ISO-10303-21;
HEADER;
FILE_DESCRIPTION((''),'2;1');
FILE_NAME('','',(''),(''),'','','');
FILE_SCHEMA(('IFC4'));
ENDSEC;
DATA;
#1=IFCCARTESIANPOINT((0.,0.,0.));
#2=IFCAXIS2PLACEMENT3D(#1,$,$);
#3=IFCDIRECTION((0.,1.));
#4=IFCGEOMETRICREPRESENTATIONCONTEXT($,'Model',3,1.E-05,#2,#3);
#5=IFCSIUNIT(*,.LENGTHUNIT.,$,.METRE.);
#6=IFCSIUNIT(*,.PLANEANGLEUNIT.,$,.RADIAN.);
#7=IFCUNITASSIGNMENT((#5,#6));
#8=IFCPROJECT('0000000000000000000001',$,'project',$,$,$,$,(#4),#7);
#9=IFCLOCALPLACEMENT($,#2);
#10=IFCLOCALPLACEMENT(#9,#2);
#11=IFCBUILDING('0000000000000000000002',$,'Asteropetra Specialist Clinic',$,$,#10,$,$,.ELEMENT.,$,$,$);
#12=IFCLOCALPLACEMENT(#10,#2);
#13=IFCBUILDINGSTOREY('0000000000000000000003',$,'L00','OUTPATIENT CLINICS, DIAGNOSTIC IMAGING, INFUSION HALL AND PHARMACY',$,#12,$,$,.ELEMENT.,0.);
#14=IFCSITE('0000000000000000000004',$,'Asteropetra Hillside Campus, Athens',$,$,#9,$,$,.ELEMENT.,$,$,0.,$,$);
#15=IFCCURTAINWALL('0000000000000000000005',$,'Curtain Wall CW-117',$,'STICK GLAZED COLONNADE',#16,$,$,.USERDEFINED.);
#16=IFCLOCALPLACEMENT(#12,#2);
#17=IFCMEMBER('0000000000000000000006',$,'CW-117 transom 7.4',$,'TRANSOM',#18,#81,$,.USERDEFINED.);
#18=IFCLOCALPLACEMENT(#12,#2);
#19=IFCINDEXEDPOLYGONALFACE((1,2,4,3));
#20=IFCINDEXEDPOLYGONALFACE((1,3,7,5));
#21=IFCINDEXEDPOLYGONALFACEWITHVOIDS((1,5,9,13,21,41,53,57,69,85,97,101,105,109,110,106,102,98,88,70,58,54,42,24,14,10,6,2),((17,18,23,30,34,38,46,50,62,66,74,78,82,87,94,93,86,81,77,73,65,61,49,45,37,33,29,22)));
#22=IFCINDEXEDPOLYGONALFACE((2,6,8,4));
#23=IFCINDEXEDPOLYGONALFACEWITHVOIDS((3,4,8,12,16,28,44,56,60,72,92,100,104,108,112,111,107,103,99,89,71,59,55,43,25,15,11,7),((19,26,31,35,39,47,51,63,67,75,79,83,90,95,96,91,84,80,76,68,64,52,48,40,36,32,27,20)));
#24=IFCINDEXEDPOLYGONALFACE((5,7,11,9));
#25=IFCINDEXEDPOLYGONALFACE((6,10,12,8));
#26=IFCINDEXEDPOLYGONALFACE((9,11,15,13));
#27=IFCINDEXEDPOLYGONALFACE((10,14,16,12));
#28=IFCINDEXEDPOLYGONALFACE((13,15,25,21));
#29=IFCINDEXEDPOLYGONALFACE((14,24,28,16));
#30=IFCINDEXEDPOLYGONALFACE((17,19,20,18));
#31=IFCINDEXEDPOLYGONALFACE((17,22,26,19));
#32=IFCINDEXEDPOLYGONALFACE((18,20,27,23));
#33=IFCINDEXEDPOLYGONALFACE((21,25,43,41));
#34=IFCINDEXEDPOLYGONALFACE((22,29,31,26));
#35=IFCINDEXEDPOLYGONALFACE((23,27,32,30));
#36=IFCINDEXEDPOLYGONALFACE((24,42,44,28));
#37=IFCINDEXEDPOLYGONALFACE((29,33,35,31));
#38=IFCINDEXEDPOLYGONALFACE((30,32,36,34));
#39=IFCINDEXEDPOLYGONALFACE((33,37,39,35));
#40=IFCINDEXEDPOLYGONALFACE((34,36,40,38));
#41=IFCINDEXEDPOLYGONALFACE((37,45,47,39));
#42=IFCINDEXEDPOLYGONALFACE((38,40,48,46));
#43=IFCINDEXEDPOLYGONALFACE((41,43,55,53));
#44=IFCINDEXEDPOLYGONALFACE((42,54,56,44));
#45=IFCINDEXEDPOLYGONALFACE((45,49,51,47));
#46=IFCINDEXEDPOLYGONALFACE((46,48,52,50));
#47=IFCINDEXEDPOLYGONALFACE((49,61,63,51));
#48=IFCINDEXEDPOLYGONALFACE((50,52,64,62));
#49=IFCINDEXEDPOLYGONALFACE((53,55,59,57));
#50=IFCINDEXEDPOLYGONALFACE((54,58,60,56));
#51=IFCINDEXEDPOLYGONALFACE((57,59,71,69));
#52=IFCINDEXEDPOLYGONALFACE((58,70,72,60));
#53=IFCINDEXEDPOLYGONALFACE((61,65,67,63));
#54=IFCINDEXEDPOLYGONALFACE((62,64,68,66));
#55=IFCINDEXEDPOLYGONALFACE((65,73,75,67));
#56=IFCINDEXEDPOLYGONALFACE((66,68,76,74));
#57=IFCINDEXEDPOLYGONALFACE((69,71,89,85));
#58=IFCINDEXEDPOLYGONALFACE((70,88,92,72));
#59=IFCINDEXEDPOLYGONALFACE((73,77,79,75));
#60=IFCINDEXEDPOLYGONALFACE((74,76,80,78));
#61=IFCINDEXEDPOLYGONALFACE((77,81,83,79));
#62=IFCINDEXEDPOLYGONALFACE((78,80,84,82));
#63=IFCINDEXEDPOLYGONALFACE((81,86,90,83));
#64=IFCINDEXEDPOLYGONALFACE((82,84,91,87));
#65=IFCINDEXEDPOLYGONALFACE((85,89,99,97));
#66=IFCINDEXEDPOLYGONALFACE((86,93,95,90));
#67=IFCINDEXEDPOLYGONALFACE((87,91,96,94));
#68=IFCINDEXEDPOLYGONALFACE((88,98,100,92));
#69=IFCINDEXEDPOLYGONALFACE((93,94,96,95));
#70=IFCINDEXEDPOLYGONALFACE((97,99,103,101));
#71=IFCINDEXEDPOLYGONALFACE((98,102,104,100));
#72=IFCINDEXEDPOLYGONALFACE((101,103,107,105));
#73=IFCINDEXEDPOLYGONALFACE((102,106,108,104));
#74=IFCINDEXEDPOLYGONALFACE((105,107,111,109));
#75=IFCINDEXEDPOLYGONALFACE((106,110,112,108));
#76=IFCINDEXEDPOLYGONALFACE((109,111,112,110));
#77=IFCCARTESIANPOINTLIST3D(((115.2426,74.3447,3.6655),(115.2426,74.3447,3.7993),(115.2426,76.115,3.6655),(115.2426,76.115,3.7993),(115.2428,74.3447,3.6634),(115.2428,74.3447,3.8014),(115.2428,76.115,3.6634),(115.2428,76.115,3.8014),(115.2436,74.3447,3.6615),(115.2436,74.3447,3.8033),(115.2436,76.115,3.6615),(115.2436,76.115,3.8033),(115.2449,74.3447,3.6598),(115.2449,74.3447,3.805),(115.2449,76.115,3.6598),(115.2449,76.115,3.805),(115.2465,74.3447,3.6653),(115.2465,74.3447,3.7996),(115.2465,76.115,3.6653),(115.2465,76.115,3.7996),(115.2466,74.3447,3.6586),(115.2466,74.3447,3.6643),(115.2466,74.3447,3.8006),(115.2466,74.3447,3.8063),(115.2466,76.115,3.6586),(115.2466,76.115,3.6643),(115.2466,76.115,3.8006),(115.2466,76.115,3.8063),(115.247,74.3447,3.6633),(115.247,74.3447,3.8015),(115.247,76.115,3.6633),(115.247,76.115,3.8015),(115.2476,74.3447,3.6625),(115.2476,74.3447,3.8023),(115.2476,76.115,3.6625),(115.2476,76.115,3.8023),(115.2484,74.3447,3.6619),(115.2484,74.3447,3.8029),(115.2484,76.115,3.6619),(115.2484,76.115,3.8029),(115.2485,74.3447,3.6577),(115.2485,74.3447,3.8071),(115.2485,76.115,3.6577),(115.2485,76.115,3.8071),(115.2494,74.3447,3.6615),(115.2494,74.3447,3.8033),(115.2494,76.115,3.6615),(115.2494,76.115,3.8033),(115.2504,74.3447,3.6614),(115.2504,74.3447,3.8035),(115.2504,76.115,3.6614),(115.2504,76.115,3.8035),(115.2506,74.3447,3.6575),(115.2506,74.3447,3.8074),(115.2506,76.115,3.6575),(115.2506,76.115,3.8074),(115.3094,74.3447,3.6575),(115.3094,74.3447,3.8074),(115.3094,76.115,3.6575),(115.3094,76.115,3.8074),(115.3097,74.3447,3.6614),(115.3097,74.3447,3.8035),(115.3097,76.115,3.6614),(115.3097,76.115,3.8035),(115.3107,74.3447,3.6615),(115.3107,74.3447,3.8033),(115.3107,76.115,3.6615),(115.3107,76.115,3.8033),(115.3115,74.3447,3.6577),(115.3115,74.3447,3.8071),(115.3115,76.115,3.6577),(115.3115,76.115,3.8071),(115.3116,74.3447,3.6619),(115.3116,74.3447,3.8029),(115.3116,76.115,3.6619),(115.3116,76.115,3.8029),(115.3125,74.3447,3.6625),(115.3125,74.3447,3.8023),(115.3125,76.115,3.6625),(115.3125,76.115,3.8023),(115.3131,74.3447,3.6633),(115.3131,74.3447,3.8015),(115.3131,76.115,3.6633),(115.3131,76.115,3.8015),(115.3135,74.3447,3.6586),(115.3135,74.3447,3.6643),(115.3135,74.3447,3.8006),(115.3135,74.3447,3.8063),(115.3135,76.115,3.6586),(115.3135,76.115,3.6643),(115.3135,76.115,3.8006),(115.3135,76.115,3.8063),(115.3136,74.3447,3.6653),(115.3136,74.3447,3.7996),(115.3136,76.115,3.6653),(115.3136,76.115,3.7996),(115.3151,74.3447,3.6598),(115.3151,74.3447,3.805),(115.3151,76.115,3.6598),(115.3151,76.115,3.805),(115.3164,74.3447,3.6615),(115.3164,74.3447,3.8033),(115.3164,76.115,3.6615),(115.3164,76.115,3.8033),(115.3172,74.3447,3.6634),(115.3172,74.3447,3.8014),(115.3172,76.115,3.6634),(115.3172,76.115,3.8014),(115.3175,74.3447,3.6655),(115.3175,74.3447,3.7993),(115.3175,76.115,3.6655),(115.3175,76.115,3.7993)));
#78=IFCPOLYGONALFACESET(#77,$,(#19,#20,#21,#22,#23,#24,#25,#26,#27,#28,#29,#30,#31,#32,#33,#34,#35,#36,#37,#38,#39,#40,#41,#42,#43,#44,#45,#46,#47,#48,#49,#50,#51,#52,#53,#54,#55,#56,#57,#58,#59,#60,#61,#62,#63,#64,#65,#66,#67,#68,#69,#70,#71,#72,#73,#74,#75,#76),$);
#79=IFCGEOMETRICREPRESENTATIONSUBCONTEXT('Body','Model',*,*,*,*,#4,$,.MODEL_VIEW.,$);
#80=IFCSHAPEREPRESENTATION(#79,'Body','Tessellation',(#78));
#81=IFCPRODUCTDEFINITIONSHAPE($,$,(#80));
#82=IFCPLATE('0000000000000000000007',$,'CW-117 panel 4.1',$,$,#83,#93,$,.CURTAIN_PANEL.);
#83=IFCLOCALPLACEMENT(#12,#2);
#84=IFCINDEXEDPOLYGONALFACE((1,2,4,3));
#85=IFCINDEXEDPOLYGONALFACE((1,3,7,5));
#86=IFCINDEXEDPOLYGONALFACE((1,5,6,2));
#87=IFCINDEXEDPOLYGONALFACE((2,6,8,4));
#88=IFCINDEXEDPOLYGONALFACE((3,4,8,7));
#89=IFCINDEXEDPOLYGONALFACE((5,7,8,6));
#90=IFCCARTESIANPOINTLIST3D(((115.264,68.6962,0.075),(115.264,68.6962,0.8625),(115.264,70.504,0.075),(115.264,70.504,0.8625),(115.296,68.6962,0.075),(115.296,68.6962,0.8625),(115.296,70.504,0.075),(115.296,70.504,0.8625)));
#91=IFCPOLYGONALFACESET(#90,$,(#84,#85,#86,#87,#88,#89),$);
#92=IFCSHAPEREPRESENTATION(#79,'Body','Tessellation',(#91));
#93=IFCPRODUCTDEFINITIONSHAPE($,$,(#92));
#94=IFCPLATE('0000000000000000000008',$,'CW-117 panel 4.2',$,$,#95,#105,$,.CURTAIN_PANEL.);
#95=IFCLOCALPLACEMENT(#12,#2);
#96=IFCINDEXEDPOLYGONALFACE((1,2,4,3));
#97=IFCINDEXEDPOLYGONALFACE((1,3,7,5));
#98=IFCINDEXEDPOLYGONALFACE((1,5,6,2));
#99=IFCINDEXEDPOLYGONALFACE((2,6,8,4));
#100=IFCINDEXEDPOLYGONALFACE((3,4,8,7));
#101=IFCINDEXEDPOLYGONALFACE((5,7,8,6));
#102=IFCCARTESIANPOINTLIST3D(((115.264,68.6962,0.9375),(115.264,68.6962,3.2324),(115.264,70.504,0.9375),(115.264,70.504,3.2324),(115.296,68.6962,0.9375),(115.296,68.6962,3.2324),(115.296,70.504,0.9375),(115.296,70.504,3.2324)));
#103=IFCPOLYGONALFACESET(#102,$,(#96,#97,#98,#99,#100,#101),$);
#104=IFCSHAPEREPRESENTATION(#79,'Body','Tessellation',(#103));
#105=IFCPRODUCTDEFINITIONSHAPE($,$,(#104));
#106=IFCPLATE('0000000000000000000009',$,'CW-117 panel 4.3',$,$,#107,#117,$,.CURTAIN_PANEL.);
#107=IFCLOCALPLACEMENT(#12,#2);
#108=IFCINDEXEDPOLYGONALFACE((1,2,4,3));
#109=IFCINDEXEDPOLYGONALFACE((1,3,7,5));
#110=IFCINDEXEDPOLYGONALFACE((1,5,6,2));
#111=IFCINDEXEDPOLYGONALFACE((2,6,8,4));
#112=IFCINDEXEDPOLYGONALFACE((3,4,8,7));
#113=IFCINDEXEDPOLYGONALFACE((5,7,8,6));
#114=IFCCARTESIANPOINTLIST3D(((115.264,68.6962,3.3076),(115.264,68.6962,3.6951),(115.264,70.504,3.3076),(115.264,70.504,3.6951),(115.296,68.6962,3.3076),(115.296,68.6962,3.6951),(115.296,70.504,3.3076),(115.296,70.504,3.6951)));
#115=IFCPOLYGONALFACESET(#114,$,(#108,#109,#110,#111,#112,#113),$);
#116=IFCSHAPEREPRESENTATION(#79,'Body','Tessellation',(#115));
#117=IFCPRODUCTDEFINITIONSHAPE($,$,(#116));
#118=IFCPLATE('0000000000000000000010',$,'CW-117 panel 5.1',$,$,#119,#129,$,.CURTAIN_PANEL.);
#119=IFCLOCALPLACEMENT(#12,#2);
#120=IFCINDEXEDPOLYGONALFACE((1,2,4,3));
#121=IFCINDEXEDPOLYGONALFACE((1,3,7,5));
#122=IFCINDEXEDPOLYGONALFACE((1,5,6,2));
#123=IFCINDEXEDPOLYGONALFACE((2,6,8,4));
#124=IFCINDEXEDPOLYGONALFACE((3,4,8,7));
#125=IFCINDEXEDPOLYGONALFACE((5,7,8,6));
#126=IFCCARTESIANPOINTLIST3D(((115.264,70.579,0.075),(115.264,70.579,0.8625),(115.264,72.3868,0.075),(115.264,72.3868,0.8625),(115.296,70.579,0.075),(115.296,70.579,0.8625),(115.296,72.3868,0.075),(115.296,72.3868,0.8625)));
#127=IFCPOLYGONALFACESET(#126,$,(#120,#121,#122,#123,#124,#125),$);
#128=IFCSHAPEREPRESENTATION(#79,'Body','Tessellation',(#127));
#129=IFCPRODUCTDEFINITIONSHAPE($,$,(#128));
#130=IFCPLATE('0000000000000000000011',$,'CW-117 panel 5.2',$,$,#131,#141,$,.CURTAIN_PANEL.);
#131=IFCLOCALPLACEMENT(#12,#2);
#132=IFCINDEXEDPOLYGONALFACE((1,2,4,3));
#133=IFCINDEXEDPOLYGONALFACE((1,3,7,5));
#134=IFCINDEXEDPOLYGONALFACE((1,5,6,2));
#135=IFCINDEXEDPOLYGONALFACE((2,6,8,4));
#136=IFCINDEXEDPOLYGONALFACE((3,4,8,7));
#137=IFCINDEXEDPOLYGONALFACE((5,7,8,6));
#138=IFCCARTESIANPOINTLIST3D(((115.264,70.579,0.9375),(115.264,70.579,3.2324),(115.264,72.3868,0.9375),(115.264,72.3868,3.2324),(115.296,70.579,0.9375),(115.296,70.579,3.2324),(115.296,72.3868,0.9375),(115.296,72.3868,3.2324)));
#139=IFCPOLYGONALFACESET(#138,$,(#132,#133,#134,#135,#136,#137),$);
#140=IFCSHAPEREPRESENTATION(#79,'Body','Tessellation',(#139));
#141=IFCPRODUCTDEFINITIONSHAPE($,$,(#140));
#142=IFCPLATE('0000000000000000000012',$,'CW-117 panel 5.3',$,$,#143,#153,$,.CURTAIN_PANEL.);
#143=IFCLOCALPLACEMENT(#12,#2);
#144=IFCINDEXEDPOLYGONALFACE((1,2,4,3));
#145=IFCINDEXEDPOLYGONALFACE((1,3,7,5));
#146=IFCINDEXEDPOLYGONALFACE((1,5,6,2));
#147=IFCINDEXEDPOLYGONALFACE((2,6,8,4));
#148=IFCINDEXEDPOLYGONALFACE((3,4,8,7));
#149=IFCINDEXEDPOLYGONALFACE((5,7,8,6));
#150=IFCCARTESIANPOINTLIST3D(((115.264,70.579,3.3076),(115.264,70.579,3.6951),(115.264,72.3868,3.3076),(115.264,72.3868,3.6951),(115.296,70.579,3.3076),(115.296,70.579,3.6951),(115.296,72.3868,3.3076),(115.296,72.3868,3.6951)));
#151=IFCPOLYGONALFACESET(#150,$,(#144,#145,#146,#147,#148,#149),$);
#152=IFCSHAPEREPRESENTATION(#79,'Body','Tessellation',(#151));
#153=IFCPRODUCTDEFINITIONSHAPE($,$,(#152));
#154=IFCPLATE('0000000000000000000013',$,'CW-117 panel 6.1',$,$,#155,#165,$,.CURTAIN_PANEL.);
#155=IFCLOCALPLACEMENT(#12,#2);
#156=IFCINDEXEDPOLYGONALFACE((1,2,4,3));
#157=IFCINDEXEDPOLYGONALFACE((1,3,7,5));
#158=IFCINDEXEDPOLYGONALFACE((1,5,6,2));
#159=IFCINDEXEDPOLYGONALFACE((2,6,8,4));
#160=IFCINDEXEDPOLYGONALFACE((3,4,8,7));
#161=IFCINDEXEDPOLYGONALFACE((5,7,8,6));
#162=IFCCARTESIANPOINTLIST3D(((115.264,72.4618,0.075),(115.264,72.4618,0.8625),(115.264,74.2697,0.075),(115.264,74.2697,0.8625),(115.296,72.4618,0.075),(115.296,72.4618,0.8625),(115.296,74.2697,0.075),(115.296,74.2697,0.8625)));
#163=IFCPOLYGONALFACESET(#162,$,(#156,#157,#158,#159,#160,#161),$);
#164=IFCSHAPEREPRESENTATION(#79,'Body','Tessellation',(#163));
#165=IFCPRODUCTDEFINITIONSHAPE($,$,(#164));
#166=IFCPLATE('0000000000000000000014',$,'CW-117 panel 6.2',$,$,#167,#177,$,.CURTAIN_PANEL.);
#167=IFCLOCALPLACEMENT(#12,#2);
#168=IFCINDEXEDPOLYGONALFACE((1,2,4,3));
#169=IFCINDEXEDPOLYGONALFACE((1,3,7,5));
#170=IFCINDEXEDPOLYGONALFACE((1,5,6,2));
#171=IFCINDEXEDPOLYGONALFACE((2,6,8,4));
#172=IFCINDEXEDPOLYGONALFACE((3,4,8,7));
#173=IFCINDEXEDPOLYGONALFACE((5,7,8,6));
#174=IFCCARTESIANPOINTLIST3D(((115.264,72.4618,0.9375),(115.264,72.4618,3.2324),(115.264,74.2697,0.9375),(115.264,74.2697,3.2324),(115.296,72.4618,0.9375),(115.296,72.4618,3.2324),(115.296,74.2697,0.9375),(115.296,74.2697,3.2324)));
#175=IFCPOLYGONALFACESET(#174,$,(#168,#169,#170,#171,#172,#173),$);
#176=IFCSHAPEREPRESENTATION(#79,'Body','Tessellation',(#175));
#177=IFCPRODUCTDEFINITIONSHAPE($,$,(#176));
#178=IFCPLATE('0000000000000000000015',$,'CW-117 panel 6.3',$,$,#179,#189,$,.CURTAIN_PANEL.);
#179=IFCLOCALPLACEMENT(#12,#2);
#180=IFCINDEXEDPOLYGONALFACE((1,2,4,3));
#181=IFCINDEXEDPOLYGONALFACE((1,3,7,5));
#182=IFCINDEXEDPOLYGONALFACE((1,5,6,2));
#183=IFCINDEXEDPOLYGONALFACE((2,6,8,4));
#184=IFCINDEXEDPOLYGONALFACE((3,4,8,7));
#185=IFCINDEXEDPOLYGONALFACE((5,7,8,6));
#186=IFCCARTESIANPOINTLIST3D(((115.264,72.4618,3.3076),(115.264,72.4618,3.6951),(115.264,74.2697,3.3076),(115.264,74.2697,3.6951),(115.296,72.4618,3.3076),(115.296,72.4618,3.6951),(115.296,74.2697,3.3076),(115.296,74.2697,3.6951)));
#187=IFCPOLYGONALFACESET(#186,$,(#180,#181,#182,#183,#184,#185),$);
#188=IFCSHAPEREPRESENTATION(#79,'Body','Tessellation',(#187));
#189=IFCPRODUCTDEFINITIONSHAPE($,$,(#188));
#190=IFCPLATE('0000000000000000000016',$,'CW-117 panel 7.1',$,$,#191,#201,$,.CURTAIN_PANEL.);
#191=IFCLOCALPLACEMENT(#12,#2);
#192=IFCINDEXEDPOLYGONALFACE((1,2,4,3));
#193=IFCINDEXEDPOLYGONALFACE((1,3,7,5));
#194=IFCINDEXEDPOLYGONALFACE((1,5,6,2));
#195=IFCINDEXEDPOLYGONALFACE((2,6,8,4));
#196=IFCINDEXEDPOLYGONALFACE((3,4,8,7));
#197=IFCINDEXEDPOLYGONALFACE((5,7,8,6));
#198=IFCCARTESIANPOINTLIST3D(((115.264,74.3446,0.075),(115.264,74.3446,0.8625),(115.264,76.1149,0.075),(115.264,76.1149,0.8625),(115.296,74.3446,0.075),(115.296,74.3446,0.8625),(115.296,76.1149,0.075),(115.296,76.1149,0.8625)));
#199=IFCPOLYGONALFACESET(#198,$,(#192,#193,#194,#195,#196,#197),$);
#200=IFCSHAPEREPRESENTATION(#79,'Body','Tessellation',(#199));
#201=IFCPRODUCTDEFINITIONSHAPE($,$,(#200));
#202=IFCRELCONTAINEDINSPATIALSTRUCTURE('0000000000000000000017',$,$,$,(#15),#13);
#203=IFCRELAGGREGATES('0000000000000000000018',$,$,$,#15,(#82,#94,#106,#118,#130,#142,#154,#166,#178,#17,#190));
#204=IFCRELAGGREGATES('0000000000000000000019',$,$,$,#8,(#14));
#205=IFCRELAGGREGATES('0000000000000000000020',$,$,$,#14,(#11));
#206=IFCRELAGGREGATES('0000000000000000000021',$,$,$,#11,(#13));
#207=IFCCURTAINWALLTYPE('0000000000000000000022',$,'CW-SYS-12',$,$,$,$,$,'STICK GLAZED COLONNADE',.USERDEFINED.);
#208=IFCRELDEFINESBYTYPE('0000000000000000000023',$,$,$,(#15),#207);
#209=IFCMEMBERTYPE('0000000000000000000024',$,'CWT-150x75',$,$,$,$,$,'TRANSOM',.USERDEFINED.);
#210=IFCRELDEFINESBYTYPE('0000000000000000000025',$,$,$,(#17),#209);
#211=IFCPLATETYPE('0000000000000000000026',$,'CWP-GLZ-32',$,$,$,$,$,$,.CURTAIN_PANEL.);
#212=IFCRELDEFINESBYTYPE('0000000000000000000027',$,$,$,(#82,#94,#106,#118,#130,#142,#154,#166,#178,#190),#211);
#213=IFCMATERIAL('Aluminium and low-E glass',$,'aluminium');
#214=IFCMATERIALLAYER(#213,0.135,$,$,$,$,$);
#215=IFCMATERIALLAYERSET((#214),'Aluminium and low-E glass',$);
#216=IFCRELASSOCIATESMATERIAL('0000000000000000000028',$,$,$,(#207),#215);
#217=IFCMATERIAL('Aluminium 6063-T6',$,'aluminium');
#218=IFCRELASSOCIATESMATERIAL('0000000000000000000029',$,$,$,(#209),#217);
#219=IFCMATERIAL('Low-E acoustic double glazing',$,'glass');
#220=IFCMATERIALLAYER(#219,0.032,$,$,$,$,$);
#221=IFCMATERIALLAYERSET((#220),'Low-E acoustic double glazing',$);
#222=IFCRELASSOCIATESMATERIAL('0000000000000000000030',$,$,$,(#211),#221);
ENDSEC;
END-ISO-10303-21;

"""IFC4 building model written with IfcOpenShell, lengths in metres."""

from ifc_helpers import new_model, si_unit, direction, frame, origin, origin_2d, place, context, subcontext, project, spatial, rectangle, hollow_rectangle, extrude, material, layer, layer_set, material_profile, profile_set, type_object, element, aggregate, save


model = new_model("IFC4")

# Units and contexts
model_context = context("Model", 3, precision=1e-05, world=origin(), true_north=direction((0.0, 1.0)))
body_context = subcontext(model_context, "Body", "Model", "MODEL_VIEW")
ifc_project = project(units=[si_unit("LENGTHUNIT", "METRE"), si_unit("PLANEANGLEUNIT", "RADIAN")], contexts=[model_context])

# Site, building, storey
site_placement = place(None, origin())
site = spatial("IfcSite", under=ifc_project, at=site_placement, Name="Asteropetra Hillside Campus, Athens", CompositionType="ELEMENT", RefElevation=0.0)
building_placement = place(site_placement, origin())
building = spatial("IfcBuilding", under=site, at=building_placement, Name="Asteropetra Specialist Clinic", CompositionType="ELEMENT")
storey_placement = place(building_placement, origin())
storey = spatial("IfcBuildingStorey", under=building, at=storey_placement, Name="L00", Description="OUTPATIENT CLINICS, DIAGNOSTIC IMAGING, INFUSION HALL AND PHARMACY", CompositionType="ELEMENT", Elevation=0.0)

# Curtain wall, member, plates
ifc_material_1 = material(Name="Aluminium and low-E glass", Category="aluminium")
ifc_layer_1 = layer(ifc_material_1, 0.135)
ifc_layer_set_1 = layer_set([ifc_layer_1], Name="Aluminium and low-E glass")
curtain_wall_type = type_object("IfcCurtainWallType", Name="CW-SYS-12", ElementType="STICK GLAZED COLONNADE", PredefinedType="USERDEFINED", material=ifc_layer_set_1)
curtain_wall_placement = place(storey_placement, origin())
curtain_wall = element("IfcCurtainWall", 1, at=curtain_wall_placement, inside=storey, type_object=curtain_wall_type, Name="Curtain Wall CW-117", ObjectType="STICK GLAZED COLONNADE", PredefinedType="USERDEFINED")
ifc_material_2 = material(Name="Aluminium 6063-T6", Category="aluminium")
ifc_material_profile_1 = material_profile(ifc_material_2, hollow_rectangle(XDim=0.075, YDim=0.1499, WallThickness=0.0039, InnerFilletRadius=0.0039, OuterFilletRadius=0.0081, at=origin_2d()), Name="TRN 150x75x4.0")
ifc_profile_set_1 = profile_set([ifc_material_profile_1], Name="Aluminium 6063-T6")
member_type_1 = type_object("IfcMemberType", Name="CWT-150x75", ElementType="TRANSOM", PredefinedType="USERDEFINED", material=ifc_profile_set_1)
member_1_placement = place(storey_placement, frame((115.28, 74.3447, 3.7324), z_axis=(0.0, 1.0, 0.0), x_axis=(-1.0, 0.0, 0.0)))
member_1 = element("IfcMember", 2, at=member_1_placement, type_object=member_type_1, Name="CW-117 transom 7.4", ObjectType="TRANSOM", PredefinedType="USERDEFINED", context=body_context, shape_type="SweptSolid", body=[
    extrude(hollow_rectangle(XDim=0.075, YDim=0.1499, WallThickness=0.0039, InnerFilletRadius=0.0039, OuterFilletRadius=0.0081, at=origin_2d()), origin(), (0.0, 0.0, 1.0), 1.7703),
])
ifc_material_3 = material(Name="Low-E acoustic double glazing", Category="glass")
ifc_layer_2 = layer(ifc_material_3, 0.032)
ifc_layer_set_2 = layer_set([ifc_layer_2], Name="Low-E acoustic double glazing")
plate_type = type_object("IfcPlateType", Name="CWP-GLZ-32", PredefinedType="CURTAIN_PANEL", material=ifc_layer_set_2)
plate_1_placement = place(storey_placement, frame((115.28, 69.6001, 0.075), z_axis=(0.0, 0.0, 1.0), x_axis=(0.0, 1.0, 0.0)))
plate_1 = element("IfcPlate", 3, at=plate_1_placement, type_object=plate_type, Name="CW-117 panel 4.1", PredefinedType="CURTAIN_PANEL", context=body_context, shape_type="SweptSolid", body=[
    extrude(rectangle(XDim=1.8079, YDim=0.032, at=origin_2d()), origin(), (0.0, 0.0, 1.0), 0.7876),
])
plate_2_placement = place(storey_placement, frame((115.28, 69.6001, 0.9375), z_axis=(0.0, 0.0, 1.0), x_axis=(0.0, 1.0, 0.0)))
plate_2 = element("IfcPlate", 4, at=plate_2_placement, type_object=plate_type, Name="CW-117 panel 4.2", PredefinedType="CURTAIN_PANEL", context=body_context, shape_type="SweptSolid", body=[
    extrude(rectangle(XDim=1.8079, YDim=0.032, at=origin_2d()), origin(), (0.0, 0.0, 1.0), 2.2949),
])
plate_3_placement = place(storey_placement, frame((115.28, 69.6001, 3.3076), z_axis=(0.0, 0.0, 1.0), x_axis=(0.0, 1.0, 0.0)))
plate_3 = element("IfcPlate", 5, at=plate_3_placement, type_object=plate_type, Name="CW-117 panel 4.3", PredefinedType="CURTAIN_PANEL", context=body_context, shape_type="SweptSolid", body=[
    extrude(rectangle(XDim=1.8079, YDim=0.032, at=origin_2d()), origin(), (0.0, 0.0, 1.0), 0.3875),
])
plate_4_placement = place(storey_placement, frame((115.28, 71.4829, 0.075), z_axis=(0.0, 0.0, 1.0), x_axis=(0.0, 1.0, 0.0)))
plate_4 = element("IfcPlate", 6, at=plate_4_placement, type_object=plate_type, Name="CW-117 panel 5.1", PredefinedType="CURTAIN_PANEL", context=body_context, shape_type="SweptSolid", body=[
    extrude(rectangle(XDim=1.8079, YDim=0.032, at=origin_2d()), origin(), (0.0, 0.0, 1.0), 0.7876),
])
plate_5_placement = place(storey_placement, frame((115.28, 71.4829, 0.9375), z_axis=(0.0, 0.0, 1.0), x_axis=(0.0, 1.0, 0.0)))
plate_5 = element("IfcPlate", 7, at=plate_5_placement, type_object=plate_type, Name="CW-117 panel 5.2", PredefinedType="CURTAIN_PANEL", context=body_context, shape_type="SweptSolid", body=[
    extrude(rectangle(XDim=1.8079, YDim=0.032, at=origin_2d()), origin(), (0.0, 0.0, 1.0), 2.2949),
])
plate_6_placement = place(storey_placement, frame((115.28, 71.4829, 3.3076), z_axis=(0.0, 0.0, 1.0), x_axis=(0.0, 1.0, 0.0)))
plate_6 = element("IfcPlate", 8, at=plate_6_placement, type_object=plate_type, Name="CW-117 panel 5.3", PredefinedType="CURTAIN_PANEL", context=body_context, shape_type="SweptSolid", body=[
    extrude(rectangle(XDim=1.8079, YDim=0.032, at=origin_2d()), origin(), (0.0, 0.0, 1.0), 0.3875),
])
plate_7_placement = place(storey_placement, frame((115.28, 73.3657, 0.075), z_axis=(0.0, 0.0, 1.0), x_axis=(0.0, 1.0, 0.0)))
plate_7 = element("IfcPlate", 9, at=plate_7_placement, type_object=plate_type, Name="CW-117 panel 6.1", PredefinedType="CURTAIN_PANEL", context=body_context, shape_type="SweptSolid", body=[
    extrude(rectangle(XDim=1.8079, YDim=0.032, at=origin_2d()), origin(), (0.0, 0.0, 1.0), 0.7876),
])
plate_8_placement = place(storey_placement, frame((115.28, 73.3657, 0.9375), z_axis=(0.0, 0.0, 1.0), x_axis=(0.0, 1.0, 0.0)))
plate_8 = element("IfcPlate", 10, at=plate_8_placement, type_object=plate_type, Name="CW-117 panel 6.2", PredefinedType="CURTAIN_PANEL", context=body_context, shape_type="SweptSolid", body=[
    extrude(rectangle(XDim=1.8079, YDim=0.032, at=origin_2d()), origin(), (0.0, 0.0, 1.0), 2.2949),
])
plate_9_placement = place(storey_placement, frame((115.28, 73.3657, 3.3076), z_axis=(0.0, 0.0, 1.0), x_axis=(0.0, 1.0, 0.0)))
plate_9 = element("IfcPlate", 11, at=plate_9_placement, type_object=plate_type, Name="CW-117 panel 6.3", PredefinedType="CURTAIN_PANEL", context=body_context, shape_type="SweptSolid", body=[
    extrude(rectangle(XDim=1.8079, YDim=0.032, at=origin_2d()), origin(), (0.0, 0.0, 1.0), 0.3875),
])
plate_10_placement = place(storey_placement, frame((115.28, 75.2297, 0.075), z_axis=(0.0, 0.0, 1.0), x_axis=(0.0, 1.0, 0.0)))
plate_10 = element("IfcPlate", 12, at=plate_10_placement, type_object=plate_type, Name="CW-117 panel 7.1", PredefinedType="CURTAIN_PANEL", context=body_context, shape_type="SweptSolid", body=[
    extrude(rectangle(XDim=1.7703, YDim=0.032, at=origin_2d()), origin(), (0.0, 0.0, 1.0), 0.7876),
])
aggregate(curtain_wall, [plate_1, plate_2, plate_3, plate_4, plate_5, plate_6, plate_7, plate_8, plate_9, member_1, plate_10])

save(model, "model.ifc")
